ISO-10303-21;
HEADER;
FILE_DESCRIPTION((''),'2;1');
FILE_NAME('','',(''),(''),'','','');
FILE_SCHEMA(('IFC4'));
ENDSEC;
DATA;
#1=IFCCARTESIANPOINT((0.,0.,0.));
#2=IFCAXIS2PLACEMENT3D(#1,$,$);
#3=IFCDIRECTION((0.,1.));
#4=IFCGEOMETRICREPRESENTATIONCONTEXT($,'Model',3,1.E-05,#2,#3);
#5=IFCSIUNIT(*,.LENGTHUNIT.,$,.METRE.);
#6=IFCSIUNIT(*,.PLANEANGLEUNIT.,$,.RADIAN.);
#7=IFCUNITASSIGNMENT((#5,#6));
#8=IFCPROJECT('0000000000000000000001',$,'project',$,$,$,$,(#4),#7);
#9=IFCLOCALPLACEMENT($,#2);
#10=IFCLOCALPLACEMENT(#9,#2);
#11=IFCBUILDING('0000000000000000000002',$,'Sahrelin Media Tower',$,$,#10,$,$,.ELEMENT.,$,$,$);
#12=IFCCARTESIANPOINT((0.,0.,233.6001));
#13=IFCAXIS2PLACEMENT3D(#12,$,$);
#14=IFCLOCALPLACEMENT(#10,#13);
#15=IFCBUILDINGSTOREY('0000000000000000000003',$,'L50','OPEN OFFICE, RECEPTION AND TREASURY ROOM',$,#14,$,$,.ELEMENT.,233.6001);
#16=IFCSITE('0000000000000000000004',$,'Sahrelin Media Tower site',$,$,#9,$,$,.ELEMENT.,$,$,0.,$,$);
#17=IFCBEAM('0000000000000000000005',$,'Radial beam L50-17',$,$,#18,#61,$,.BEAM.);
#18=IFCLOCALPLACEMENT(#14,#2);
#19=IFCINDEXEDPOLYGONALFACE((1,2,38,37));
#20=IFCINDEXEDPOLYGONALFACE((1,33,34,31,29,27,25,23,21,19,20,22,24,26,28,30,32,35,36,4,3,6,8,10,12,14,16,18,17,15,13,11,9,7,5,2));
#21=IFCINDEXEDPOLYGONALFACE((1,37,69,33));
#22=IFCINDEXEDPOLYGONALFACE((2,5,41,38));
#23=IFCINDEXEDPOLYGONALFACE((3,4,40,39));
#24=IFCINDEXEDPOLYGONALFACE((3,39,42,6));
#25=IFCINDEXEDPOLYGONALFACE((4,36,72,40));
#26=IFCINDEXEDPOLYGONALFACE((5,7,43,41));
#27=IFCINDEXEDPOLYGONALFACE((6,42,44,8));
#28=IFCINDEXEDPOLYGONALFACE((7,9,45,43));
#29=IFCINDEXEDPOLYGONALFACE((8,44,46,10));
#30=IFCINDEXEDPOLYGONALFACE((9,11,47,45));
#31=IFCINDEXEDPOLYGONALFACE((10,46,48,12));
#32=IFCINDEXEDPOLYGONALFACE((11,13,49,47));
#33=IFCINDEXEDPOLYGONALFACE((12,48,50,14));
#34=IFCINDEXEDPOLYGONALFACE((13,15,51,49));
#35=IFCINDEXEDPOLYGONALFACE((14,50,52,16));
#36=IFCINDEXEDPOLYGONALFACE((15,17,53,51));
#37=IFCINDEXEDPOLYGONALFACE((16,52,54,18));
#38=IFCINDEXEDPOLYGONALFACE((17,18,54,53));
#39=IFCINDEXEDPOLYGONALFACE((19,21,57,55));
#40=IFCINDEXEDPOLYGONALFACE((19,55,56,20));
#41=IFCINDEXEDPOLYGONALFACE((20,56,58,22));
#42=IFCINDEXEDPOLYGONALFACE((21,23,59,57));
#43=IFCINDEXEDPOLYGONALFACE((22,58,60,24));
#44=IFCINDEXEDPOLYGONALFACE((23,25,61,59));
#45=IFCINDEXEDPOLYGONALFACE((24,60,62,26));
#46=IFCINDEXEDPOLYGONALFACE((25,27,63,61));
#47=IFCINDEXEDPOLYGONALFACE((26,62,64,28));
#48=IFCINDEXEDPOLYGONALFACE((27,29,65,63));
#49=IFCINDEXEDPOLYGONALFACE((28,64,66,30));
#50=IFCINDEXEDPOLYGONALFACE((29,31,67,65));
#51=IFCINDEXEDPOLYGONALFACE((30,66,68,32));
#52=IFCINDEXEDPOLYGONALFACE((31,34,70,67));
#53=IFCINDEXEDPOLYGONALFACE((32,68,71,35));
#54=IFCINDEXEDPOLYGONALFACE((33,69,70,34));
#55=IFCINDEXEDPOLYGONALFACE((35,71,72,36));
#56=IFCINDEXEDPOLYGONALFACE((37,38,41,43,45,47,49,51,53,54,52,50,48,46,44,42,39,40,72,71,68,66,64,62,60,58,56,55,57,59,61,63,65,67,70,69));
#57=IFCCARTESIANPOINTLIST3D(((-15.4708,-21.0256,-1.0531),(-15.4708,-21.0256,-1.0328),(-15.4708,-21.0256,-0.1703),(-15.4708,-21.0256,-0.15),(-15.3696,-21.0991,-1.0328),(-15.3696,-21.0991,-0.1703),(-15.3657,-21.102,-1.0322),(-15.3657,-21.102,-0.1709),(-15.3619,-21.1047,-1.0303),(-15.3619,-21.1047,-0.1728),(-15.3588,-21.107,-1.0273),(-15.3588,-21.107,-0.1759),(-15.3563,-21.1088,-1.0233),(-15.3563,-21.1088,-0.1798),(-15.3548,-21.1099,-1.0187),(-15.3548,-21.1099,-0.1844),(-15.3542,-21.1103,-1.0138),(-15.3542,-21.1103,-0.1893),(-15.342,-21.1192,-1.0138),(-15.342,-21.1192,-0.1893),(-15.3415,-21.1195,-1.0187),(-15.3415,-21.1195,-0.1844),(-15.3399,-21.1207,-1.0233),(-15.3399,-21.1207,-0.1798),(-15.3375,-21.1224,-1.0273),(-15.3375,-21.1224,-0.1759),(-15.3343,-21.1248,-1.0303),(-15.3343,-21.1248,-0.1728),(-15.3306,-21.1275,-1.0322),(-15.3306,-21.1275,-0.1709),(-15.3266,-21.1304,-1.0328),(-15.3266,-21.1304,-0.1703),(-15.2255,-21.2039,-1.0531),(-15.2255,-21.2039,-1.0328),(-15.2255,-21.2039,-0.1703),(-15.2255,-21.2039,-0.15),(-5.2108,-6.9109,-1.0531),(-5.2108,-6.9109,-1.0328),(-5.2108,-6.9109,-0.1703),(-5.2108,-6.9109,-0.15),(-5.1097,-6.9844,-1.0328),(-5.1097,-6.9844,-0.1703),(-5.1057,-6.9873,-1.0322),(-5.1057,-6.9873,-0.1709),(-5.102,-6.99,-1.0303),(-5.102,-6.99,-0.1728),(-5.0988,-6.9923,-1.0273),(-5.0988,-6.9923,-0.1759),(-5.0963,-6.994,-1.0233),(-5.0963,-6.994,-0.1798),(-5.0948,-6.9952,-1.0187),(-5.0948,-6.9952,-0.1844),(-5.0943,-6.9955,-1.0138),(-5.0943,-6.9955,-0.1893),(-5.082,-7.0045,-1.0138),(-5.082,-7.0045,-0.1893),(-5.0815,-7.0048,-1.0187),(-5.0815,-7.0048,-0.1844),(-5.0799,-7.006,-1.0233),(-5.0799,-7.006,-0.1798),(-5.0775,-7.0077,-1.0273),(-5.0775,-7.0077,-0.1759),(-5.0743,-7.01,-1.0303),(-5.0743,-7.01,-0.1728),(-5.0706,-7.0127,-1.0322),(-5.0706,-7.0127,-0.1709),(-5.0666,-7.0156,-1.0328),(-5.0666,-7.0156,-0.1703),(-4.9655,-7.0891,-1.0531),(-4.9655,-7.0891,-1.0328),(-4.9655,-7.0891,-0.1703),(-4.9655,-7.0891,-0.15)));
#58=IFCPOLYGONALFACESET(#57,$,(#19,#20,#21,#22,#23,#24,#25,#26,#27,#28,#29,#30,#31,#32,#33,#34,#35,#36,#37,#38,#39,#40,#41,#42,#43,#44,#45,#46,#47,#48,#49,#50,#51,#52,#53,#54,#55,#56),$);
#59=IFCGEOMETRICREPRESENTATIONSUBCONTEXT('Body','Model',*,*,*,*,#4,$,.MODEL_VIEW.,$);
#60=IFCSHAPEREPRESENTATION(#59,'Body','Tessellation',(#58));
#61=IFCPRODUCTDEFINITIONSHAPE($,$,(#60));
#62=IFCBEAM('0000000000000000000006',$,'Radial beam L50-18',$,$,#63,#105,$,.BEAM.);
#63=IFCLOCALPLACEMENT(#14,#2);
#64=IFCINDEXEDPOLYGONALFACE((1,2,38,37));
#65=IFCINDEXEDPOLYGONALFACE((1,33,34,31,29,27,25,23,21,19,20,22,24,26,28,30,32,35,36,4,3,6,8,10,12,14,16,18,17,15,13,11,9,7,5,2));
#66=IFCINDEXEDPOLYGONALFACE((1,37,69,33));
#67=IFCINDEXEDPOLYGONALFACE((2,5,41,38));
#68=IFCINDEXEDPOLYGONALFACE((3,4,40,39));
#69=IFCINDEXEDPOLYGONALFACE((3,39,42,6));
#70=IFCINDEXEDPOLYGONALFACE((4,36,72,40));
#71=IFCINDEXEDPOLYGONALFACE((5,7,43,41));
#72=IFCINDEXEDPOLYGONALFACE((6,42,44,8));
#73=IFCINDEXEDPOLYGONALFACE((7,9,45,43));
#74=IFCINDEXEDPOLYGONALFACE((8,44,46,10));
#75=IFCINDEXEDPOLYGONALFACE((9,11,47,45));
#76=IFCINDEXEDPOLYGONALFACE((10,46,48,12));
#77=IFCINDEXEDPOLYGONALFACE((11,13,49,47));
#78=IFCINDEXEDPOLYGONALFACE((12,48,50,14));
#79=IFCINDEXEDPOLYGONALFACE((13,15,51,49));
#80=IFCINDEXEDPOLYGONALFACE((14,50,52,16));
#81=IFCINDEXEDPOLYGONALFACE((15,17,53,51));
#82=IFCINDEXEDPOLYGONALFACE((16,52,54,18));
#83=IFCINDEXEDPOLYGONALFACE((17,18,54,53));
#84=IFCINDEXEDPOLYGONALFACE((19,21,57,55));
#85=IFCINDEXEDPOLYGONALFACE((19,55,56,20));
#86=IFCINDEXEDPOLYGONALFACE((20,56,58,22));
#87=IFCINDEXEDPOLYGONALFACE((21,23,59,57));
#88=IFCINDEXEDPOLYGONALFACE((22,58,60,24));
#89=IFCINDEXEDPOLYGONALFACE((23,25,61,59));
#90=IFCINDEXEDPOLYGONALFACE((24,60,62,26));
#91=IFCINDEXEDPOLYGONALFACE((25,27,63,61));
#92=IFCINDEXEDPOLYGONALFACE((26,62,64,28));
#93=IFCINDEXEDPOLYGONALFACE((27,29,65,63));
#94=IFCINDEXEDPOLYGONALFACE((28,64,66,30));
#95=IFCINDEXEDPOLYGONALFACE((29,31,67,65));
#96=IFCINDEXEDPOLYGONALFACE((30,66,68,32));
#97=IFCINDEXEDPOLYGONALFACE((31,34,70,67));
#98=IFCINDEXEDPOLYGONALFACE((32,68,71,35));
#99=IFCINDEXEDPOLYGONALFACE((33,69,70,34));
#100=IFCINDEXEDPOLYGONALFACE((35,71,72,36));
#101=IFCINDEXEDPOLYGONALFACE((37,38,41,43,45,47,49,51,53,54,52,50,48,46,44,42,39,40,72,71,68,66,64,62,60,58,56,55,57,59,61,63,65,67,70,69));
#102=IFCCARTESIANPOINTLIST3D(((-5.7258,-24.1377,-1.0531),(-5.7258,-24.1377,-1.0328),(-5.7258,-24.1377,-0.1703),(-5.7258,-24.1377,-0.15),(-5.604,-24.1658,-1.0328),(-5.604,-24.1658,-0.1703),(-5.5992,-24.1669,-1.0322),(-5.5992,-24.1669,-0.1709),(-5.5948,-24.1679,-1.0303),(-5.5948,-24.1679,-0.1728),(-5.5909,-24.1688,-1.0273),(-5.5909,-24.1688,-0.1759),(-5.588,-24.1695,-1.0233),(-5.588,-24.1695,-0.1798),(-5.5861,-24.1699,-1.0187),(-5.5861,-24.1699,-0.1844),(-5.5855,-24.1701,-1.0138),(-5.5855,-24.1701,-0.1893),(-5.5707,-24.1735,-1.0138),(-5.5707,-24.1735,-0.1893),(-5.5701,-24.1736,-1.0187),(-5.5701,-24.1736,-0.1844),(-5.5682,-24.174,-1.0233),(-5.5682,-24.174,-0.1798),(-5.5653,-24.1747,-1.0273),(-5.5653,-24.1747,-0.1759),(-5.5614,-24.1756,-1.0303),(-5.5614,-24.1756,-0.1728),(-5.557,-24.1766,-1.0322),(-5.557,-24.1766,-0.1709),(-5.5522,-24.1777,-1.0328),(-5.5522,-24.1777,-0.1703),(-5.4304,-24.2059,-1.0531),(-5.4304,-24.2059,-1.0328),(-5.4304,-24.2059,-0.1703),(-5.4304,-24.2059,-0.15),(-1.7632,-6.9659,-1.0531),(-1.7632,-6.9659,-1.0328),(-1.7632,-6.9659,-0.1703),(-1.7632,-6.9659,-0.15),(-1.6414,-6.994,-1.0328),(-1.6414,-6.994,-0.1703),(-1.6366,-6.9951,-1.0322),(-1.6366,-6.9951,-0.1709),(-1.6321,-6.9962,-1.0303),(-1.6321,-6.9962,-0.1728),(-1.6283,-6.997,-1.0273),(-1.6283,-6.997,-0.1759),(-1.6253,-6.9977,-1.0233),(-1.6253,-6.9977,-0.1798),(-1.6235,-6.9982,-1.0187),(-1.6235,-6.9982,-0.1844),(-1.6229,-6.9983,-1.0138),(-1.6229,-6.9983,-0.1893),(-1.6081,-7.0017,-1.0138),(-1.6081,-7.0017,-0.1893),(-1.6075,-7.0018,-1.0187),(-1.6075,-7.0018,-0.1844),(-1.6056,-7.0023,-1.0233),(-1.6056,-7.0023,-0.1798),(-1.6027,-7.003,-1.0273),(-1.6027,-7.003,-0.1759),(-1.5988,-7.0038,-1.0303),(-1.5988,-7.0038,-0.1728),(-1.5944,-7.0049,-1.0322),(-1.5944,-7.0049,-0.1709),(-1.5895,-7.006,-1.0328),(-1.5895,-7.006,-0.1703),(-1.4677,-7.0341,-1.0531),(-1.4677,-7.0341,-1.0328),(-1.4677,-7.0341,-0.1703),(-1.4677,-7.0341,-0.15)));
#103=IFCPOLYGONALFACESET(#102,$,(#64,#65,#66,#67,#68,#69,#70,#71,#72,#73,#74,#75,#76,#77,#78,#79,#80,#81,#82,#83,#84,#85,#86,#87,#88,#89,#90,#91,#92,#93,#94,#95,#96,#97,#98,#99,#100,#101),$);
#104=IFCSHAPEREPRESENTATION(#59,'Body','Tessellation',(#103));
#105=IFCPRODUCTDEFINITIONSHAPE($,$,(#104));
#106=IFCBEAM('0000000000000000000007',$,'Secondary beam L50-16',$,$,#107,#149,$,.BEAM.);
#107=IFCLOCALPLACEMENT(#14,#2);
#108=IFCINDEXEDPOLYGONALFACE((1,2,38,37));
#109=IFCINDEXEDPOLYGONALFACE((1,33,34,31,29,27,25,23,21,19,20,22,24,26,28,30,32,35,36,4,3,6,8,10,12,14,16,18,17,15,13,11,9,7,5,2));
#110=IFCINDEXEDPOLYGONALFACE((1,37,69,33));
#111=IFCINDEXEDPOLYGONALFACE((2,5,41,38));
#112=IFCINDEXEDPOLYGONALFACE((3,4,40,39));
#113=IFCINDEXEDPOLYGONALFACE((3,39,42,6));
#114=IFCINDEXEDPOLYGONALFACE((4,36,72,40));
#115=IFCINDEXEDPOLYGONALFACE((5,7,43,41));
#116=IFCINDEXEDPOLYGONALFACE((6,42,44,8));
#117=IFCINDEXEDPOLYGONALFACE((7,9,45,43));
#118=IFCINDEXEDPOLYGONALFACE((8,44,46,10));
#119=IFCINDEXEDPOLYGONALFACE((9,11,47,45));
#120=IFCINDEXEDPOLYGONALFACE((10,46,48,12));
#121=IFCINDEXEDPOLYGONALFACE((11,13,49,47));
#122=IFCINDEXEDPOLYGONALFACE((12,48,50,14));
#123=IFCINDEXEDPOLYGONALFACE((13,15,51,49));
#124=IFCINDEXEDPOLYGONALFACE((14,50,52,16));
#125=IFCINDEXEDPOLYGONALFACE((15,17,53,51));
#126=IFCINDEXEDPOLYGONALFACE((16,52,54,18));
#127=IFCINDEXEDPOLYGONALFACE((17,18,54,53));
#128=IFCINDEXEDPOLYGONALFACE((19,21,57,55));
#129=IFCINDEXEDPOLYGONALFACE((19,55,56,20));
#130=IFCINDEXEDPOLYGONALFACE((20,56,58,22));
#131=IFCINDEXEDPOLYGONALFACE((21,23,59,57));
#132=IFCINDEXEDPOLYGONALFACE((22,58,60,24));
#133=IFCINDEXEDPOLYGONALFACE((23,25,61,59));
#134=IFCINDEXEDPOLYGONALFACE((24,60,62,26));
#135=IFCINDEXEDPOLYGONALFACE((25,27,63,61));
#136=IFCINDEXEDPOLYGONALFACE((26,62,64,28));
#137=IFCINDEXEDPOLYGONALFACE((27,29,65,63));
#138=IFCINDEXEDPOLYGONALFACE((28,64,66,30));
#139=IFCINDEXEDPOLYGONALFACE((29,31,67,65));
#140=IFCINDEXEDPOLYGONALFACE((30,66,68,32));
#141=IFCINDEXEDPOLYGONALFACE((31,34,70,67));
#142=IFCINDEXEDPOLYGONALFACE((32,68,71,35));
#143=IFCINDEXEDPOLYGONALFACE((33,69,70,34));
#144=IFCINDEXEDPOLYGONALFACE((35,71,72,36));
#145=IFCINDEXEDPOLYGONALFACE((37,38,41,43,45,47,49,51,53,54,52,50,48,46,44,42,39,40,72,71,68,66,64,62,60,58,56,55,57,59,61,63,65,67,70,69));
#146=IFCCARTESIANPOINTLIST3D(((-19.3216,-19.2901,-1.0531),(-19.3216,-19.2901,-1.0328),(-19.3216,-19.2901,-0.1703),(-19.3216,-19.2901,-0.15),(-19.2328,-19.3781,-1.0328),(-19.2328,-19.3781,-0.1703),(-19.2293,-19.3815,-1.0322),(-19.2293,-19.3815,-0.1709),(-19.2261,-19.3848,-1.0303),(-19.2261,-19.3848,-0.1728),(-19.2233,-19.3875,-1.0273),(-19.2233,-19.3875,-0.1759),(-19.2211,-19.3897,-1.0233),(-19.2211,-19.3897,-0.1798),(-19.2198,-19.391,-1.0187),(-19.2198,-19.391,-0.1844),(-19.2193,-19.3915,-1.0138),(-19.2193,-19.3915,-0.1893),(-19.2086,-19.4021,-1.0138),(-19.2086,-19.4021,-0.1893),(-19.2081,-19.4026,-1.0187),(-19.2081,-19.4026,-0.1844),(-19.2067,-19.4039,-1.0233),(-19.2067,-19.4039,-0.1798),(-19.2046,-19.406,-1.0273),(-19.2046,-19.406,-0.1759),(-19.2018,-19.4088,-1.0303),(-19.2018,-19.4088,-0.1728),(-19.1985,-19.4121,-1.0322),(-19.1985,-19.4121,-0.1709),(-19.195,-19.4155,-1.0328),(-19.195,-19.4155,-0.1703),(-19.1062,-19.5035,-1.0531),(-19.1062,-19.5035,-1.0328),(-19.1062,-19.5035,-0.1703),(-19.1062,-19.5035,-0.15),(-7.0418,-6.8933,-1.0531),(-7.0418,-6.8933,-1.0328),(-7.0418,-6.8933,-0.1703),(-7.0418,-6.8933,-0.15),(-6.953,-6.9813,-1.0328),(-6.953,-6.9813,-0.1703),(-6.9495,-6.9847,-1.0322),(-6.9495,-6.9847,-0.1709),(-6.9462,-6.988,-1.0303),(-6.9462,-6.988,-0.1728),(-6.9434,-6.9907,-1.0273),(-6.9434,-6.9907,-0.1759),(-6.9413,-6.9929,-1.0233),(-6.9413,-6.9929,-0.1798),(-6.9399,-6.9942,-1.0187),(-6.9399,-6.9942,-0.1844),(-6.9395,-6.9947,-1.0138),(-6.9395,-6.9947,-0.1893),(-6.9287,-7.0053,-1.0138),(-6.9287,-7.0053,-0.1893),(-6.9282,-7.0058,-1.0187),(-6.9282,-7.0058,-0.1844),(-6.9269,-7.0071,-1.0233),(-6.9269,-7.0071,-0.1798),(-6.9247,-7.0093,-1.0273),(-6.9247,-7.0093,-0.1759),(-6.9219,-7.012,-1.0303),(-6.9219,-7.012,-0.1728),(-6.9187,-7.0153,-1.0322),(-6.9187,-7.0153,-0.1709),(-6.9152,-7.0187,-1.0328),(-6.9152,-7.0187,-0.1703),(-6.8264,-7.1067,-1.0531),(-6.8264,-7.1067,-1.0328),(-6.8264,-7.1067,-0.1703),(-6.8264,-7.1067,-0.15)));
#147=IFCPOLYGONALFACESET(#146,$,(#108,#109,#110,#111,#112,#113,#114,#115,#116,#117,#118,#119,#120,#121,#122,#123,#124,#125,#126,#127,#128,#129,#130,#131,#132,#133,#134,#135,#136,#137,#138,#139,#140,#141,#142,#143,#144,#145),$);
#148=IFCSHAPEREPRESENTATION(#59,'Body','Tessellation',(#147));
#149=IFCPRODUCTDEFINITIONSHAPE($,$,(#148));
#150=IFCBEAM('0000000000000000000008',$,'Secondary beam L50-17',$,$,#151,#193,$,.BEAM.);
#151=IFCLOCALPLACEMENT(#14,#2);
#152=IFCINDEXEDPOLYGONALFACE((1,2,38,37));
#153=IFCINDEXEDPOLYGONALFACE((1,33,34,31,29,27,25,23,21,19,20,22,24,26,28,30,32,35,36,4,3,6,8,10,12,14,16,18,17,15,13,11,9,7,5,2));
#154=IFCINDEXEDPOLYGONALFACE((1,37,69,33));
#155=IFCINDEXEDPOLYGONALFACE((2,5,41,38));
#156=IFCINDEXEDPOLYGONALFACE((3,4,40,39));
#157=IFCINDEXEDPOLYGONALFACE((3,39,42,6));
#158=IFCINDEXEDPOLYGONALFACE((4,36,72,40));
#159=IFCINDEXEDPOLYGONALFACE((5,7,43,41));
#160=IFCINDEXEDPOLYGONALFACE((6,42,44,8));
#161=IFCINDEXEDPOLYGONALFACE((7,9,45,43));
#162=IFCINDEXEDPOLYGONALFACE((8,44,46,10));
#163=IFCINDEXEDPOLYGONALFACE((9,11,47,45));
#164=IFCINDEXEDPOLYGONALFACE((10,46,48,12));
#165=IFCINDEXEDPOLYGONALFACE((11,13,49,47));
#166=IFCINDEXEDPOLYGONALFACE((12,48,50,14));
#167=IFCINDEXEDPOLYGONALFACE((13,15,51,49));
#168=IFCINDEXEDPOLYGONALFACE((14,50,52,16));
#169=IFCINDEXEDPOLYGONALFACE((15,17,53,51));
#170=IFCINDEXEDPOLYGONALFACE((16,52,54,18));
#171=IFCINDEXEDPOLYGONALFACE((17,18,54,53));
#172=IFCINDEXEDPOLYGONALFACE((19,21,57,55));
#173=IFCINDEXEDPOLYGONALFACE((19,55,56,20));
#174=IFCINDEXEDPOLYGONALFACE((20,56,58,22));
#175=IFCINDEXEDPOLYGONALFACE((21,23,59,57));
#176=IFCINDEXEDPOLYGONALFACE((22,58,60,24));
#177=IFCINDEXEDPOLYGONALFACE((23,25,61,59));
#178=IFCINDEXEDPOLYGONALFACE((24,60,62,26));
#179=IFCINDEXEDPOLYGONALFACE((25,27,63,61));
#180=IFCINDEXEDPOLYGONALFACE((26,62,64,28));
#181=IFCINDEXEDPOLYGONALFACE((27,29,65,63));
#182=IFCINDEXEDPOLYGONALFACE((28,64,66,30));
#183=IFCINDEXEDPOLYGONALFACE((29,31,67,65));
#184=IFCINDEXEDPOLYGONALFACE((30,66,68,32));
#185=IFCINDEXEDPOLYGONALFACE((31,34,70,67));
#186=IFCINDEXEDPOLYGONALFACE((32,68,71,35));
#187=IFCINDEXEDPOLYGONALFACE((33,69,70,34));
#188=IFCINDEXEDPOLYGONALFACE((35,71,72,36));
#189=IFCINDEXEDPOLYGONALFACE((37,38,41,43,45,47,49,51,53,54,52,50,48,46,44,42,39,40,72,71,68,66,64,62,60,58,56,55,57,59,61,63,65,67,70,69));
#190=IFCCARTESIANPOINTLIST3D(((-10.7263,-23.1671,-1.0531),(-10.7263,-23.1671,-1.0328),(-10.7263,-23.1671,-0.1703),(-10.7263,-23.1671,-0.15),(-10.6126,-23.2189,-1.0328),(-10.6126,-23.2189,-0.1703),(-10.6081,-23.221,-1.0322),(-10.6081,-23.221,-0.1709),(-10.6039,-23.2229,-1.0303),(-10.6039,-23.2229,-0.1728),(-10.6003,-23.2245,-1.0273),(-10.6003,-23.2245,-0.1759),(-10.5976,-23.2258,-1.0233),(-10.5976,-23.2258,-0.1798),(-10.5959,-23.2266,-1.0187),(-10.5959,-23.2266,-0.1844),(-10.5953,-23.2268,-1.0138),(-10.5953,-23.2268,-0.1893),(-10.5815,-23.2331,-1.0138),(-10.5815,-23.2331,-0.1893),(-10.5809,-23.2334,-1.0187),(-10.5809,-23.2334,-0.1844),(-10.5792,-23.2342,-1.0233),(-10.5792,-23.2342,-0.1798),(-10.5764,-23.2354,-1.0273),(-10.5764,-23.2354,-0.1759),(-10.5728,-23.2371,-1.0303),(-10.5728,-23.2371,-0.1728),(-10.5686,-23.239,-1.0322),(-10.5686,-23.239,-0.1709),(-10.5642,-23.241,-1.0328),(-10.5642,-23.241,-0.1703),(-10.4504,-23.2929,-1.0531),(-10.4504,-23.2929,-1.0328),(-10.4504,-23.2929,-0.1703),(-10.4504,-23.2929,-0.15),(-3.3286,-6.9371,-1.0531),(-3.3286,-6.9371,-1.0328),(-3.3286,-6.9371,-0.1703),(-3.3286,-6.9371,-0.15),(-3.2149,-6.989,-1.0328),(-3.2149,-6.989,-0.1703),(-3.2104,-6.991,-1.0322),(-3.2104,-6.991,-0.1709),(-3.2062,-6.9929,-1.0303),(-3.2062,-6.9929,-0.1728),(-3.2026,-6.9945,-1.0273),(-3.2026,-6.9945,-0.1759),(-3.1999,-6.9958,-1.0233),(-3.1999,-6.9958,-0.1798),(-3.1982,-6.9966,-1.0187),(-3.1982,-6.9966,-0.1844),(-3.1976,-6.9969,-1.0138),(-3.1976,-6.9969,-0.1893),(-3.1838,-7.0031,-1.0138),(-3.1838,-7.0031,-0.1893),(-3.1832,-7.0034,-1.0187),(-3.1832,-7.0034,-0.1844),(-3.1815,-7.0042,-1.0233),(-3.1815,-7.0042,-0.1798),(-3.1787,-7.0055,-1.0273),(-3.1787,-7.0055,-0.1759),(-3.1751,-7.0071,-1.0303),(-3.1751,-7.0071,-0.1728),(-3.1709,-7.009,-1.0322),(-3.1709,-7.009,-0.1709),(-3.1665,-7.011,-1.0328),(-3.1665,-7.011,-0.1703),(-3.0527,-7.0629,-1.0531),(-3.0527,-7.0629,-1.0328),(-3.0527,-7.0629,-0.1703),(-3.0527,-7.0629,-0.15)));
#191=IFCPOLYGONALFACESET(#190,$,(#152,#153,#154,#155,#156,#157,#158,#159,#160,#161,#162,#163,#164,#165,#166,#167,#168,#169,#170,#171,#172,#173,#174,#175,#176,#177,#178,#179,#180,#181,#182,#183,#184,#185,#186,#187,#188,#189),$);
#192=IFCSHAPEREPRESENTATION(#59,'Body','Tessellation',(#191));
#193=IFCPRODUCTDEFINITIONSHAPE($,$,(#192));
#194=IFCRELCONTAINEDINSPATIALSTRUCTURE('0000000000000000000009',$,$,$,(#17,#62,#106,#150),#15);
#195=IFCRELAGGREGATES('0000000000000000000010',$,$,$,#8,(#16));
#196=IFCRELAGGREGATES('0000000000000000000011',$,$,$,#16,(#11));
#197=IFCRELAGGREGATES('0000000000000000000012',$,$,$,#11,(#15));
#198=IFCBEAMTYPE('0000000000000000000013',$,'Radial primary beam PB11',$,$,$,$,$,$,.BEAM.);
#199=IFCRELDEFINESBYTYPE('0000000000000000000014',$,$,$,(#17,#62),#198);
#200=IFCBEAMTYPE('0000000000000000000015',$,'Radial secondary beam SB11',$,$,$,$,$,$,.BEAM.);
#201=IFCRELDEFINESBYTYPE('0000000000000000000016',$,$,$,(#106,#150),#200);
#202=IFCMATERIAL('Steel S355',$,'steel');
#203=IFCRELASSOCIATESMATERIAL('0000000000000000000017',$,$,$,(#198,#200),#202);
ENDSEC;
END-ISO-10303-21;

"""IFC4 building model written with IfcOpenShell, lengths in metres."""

from ifc_helpers import new_model, si_unit, direction, frame, origin, origin_2d, place, context, subcontext, project, spatial, i_section, extrude, material, material_profile, profile_set, type_object, element, save


model = new_model("IFC4")

# Units and contexts
model_context = context("Model", 3, precision=1e-05, world=origin(), true_north=direction((0.0, 1.0)))
body_context = subcontext(model_context, "Body", "Model", "MODEL_VIEW")
ifc_project = project(units=[si_unit("LENGTHUNIT", "METRE"), si_unit("PLANEANGLEUNIT", "RADIAN")], contexts=[model_context])

# Site, building, storey
site_placement = place(None, origin())
site = spatial("IfcSite", under=ifc_project, at=site_placement, Name="Sahrelin Media Tower site", CompositionType="ELEMENT", RefElevation=0.0)
building_placement = place(site_placement, origin())
building = spatial("IfcBuilding", under=site, at=building_placement, Name="Sahrelin Media Tower", CompositionType="ELEMENT")
storey_placement = place(building_placement, frame((0.0, 0.0, 233.6001)))
storey = spatial("IfcBuildingStorey", under=building, at=storey_placement, Name="L50", Description="OPEN OFFICE, RECEPTION AND TREASURY ROOM", CompositionType="ELEMENT", Elevation=233.6001)

# Beams
ifc_material_1 = material(Name="Steel S355", Category="steel")
ifc_material_profile_1 = material_profile(ifc_material_1, i_section(OverallWidth=0.3032, OverallDepth=0.9031, WebThickness=0.0151, FlangeThickness=0.0203, FilletRadius=0.019, at=origin_2d()), Name="UB 914x305x201")
ifc_profile_set_1 = profile_set([ifc_material_profile_1], Name="Steel S355")
beam_type_1 = type_object("IfcBeamType", Name="Radial primary beam PB11", PredefinedType="BEAM", material=ifc_profile_set_1)
beam_1_placement = place(storey_placement, frame((-5.0881, -7.0, -0.6016), z_axis=(-0.587975, -0.808879, 0.0), x_axis=(0.808879, -0.587975, 0.0)))
element("IfcBeam", 1, at=beam_1_placement, inside=storey, type_object=beam_type_1, Name="Radial beam L50-17", PredefinedType="BEAM", context=body_context, shape_type="SweptSolid", body=[
    extrude(i_section(OverallWidth=0.3032, OverallDepth=0.9031, WebThickness=0.0151, FlangeThickness=0.0203, FilletRadius=0.019, at=origin_2d()), origin(), (0.0, 0.0, 1.0), 17.4497),
])
beam_2_placement = place(storey_placement, frame((-1.6155, -7.0, -0.6016), z_axis=(-0.224854, -0.974392, 0.0), x_axis=(0.974392, -0.224854, 0.0)))
element("IfcBeam", 2, at=beam_2_placement, inside=storey, type_object=beam_type_1, Name="Radial beam L50-18", PredefinedType="BEAM", context=body_context, shape_type="SweptSolid", body=[
    extrude(i_section(OverallWidth=0.3032, OverallDepth=0.9031, WebThickness=0.0151, FlangeThickness=0.0203, FilletRadius=0.019, at=origin_2d()), origin(), (0.0, 0.0, 1.0), 17.623),
])
ifc_material_profile_2 = material_profile(ifc_material_1, i_section(OverallWidth=0.3032, OverallDepth=0.9031, WebThickness=0.0151, FlangeThickness=0.0203, FilletRadius=0.019, at=origin_2d()), Name="UB 914x305x201")
ifc_profile_set_2 = profile_set([ifc_material_profile_2], Name="Steel S355")
beam_type_2 = type_object("IfcBeamType", Name="Radial secondary beam SB11", PredefinedType="BEAM", material=ifc_profile_set_2)
beam_3_placement = place(storey_placement, frame((-6.9341, -7.0, -0.6016), z_axis=(-0.703748, -0.71045, 0.0), x_axis=(0.71045, -0.703748, 0.0)))
element("IfcBeam", 3, at=beam_3_placement, inside=storey, type_object=beam_type_2, Name="Secondary beam L50-16", PredefinedType="BEAM", context=body_context, shape_type="SweptSolid", body=[
    extrude(i_section(OverallWidth=0.3032, OverallDepth=0.9031, WebThickness=0.0151, FlangeThickness=0.0203, FilletRadius=0.019, at=origin_2d()), origin(), (0.0, 0.0, 1.0), 17.4492),
])
beam_4_placement = place(storey_placement, frame((-3.1907, -7.0, -0.6016), z_axis=(-0.414753, -0.909934, 0.0), x_axis=(0.909934, -0.414753, 0.0)))
element("IfcBeam", 4, at=beam_4_placement, inside=storey, type_object=beam_type_2, Name="Secondary beam L50-17", PredefinedType="BEAM", context=body_context, shape_type="SweptSolid", body=[
    extrude(i_section(OverallWidth=0.3032, OverallDepth=0.9031, WebThickness=0.0151, FlangeThickness=0.0203, FilletRadius=0.019, at=origin_2d()), origin(), (0.0, 0.0, 1.0), 17.8364),
])

save(model, "model.ifc")
